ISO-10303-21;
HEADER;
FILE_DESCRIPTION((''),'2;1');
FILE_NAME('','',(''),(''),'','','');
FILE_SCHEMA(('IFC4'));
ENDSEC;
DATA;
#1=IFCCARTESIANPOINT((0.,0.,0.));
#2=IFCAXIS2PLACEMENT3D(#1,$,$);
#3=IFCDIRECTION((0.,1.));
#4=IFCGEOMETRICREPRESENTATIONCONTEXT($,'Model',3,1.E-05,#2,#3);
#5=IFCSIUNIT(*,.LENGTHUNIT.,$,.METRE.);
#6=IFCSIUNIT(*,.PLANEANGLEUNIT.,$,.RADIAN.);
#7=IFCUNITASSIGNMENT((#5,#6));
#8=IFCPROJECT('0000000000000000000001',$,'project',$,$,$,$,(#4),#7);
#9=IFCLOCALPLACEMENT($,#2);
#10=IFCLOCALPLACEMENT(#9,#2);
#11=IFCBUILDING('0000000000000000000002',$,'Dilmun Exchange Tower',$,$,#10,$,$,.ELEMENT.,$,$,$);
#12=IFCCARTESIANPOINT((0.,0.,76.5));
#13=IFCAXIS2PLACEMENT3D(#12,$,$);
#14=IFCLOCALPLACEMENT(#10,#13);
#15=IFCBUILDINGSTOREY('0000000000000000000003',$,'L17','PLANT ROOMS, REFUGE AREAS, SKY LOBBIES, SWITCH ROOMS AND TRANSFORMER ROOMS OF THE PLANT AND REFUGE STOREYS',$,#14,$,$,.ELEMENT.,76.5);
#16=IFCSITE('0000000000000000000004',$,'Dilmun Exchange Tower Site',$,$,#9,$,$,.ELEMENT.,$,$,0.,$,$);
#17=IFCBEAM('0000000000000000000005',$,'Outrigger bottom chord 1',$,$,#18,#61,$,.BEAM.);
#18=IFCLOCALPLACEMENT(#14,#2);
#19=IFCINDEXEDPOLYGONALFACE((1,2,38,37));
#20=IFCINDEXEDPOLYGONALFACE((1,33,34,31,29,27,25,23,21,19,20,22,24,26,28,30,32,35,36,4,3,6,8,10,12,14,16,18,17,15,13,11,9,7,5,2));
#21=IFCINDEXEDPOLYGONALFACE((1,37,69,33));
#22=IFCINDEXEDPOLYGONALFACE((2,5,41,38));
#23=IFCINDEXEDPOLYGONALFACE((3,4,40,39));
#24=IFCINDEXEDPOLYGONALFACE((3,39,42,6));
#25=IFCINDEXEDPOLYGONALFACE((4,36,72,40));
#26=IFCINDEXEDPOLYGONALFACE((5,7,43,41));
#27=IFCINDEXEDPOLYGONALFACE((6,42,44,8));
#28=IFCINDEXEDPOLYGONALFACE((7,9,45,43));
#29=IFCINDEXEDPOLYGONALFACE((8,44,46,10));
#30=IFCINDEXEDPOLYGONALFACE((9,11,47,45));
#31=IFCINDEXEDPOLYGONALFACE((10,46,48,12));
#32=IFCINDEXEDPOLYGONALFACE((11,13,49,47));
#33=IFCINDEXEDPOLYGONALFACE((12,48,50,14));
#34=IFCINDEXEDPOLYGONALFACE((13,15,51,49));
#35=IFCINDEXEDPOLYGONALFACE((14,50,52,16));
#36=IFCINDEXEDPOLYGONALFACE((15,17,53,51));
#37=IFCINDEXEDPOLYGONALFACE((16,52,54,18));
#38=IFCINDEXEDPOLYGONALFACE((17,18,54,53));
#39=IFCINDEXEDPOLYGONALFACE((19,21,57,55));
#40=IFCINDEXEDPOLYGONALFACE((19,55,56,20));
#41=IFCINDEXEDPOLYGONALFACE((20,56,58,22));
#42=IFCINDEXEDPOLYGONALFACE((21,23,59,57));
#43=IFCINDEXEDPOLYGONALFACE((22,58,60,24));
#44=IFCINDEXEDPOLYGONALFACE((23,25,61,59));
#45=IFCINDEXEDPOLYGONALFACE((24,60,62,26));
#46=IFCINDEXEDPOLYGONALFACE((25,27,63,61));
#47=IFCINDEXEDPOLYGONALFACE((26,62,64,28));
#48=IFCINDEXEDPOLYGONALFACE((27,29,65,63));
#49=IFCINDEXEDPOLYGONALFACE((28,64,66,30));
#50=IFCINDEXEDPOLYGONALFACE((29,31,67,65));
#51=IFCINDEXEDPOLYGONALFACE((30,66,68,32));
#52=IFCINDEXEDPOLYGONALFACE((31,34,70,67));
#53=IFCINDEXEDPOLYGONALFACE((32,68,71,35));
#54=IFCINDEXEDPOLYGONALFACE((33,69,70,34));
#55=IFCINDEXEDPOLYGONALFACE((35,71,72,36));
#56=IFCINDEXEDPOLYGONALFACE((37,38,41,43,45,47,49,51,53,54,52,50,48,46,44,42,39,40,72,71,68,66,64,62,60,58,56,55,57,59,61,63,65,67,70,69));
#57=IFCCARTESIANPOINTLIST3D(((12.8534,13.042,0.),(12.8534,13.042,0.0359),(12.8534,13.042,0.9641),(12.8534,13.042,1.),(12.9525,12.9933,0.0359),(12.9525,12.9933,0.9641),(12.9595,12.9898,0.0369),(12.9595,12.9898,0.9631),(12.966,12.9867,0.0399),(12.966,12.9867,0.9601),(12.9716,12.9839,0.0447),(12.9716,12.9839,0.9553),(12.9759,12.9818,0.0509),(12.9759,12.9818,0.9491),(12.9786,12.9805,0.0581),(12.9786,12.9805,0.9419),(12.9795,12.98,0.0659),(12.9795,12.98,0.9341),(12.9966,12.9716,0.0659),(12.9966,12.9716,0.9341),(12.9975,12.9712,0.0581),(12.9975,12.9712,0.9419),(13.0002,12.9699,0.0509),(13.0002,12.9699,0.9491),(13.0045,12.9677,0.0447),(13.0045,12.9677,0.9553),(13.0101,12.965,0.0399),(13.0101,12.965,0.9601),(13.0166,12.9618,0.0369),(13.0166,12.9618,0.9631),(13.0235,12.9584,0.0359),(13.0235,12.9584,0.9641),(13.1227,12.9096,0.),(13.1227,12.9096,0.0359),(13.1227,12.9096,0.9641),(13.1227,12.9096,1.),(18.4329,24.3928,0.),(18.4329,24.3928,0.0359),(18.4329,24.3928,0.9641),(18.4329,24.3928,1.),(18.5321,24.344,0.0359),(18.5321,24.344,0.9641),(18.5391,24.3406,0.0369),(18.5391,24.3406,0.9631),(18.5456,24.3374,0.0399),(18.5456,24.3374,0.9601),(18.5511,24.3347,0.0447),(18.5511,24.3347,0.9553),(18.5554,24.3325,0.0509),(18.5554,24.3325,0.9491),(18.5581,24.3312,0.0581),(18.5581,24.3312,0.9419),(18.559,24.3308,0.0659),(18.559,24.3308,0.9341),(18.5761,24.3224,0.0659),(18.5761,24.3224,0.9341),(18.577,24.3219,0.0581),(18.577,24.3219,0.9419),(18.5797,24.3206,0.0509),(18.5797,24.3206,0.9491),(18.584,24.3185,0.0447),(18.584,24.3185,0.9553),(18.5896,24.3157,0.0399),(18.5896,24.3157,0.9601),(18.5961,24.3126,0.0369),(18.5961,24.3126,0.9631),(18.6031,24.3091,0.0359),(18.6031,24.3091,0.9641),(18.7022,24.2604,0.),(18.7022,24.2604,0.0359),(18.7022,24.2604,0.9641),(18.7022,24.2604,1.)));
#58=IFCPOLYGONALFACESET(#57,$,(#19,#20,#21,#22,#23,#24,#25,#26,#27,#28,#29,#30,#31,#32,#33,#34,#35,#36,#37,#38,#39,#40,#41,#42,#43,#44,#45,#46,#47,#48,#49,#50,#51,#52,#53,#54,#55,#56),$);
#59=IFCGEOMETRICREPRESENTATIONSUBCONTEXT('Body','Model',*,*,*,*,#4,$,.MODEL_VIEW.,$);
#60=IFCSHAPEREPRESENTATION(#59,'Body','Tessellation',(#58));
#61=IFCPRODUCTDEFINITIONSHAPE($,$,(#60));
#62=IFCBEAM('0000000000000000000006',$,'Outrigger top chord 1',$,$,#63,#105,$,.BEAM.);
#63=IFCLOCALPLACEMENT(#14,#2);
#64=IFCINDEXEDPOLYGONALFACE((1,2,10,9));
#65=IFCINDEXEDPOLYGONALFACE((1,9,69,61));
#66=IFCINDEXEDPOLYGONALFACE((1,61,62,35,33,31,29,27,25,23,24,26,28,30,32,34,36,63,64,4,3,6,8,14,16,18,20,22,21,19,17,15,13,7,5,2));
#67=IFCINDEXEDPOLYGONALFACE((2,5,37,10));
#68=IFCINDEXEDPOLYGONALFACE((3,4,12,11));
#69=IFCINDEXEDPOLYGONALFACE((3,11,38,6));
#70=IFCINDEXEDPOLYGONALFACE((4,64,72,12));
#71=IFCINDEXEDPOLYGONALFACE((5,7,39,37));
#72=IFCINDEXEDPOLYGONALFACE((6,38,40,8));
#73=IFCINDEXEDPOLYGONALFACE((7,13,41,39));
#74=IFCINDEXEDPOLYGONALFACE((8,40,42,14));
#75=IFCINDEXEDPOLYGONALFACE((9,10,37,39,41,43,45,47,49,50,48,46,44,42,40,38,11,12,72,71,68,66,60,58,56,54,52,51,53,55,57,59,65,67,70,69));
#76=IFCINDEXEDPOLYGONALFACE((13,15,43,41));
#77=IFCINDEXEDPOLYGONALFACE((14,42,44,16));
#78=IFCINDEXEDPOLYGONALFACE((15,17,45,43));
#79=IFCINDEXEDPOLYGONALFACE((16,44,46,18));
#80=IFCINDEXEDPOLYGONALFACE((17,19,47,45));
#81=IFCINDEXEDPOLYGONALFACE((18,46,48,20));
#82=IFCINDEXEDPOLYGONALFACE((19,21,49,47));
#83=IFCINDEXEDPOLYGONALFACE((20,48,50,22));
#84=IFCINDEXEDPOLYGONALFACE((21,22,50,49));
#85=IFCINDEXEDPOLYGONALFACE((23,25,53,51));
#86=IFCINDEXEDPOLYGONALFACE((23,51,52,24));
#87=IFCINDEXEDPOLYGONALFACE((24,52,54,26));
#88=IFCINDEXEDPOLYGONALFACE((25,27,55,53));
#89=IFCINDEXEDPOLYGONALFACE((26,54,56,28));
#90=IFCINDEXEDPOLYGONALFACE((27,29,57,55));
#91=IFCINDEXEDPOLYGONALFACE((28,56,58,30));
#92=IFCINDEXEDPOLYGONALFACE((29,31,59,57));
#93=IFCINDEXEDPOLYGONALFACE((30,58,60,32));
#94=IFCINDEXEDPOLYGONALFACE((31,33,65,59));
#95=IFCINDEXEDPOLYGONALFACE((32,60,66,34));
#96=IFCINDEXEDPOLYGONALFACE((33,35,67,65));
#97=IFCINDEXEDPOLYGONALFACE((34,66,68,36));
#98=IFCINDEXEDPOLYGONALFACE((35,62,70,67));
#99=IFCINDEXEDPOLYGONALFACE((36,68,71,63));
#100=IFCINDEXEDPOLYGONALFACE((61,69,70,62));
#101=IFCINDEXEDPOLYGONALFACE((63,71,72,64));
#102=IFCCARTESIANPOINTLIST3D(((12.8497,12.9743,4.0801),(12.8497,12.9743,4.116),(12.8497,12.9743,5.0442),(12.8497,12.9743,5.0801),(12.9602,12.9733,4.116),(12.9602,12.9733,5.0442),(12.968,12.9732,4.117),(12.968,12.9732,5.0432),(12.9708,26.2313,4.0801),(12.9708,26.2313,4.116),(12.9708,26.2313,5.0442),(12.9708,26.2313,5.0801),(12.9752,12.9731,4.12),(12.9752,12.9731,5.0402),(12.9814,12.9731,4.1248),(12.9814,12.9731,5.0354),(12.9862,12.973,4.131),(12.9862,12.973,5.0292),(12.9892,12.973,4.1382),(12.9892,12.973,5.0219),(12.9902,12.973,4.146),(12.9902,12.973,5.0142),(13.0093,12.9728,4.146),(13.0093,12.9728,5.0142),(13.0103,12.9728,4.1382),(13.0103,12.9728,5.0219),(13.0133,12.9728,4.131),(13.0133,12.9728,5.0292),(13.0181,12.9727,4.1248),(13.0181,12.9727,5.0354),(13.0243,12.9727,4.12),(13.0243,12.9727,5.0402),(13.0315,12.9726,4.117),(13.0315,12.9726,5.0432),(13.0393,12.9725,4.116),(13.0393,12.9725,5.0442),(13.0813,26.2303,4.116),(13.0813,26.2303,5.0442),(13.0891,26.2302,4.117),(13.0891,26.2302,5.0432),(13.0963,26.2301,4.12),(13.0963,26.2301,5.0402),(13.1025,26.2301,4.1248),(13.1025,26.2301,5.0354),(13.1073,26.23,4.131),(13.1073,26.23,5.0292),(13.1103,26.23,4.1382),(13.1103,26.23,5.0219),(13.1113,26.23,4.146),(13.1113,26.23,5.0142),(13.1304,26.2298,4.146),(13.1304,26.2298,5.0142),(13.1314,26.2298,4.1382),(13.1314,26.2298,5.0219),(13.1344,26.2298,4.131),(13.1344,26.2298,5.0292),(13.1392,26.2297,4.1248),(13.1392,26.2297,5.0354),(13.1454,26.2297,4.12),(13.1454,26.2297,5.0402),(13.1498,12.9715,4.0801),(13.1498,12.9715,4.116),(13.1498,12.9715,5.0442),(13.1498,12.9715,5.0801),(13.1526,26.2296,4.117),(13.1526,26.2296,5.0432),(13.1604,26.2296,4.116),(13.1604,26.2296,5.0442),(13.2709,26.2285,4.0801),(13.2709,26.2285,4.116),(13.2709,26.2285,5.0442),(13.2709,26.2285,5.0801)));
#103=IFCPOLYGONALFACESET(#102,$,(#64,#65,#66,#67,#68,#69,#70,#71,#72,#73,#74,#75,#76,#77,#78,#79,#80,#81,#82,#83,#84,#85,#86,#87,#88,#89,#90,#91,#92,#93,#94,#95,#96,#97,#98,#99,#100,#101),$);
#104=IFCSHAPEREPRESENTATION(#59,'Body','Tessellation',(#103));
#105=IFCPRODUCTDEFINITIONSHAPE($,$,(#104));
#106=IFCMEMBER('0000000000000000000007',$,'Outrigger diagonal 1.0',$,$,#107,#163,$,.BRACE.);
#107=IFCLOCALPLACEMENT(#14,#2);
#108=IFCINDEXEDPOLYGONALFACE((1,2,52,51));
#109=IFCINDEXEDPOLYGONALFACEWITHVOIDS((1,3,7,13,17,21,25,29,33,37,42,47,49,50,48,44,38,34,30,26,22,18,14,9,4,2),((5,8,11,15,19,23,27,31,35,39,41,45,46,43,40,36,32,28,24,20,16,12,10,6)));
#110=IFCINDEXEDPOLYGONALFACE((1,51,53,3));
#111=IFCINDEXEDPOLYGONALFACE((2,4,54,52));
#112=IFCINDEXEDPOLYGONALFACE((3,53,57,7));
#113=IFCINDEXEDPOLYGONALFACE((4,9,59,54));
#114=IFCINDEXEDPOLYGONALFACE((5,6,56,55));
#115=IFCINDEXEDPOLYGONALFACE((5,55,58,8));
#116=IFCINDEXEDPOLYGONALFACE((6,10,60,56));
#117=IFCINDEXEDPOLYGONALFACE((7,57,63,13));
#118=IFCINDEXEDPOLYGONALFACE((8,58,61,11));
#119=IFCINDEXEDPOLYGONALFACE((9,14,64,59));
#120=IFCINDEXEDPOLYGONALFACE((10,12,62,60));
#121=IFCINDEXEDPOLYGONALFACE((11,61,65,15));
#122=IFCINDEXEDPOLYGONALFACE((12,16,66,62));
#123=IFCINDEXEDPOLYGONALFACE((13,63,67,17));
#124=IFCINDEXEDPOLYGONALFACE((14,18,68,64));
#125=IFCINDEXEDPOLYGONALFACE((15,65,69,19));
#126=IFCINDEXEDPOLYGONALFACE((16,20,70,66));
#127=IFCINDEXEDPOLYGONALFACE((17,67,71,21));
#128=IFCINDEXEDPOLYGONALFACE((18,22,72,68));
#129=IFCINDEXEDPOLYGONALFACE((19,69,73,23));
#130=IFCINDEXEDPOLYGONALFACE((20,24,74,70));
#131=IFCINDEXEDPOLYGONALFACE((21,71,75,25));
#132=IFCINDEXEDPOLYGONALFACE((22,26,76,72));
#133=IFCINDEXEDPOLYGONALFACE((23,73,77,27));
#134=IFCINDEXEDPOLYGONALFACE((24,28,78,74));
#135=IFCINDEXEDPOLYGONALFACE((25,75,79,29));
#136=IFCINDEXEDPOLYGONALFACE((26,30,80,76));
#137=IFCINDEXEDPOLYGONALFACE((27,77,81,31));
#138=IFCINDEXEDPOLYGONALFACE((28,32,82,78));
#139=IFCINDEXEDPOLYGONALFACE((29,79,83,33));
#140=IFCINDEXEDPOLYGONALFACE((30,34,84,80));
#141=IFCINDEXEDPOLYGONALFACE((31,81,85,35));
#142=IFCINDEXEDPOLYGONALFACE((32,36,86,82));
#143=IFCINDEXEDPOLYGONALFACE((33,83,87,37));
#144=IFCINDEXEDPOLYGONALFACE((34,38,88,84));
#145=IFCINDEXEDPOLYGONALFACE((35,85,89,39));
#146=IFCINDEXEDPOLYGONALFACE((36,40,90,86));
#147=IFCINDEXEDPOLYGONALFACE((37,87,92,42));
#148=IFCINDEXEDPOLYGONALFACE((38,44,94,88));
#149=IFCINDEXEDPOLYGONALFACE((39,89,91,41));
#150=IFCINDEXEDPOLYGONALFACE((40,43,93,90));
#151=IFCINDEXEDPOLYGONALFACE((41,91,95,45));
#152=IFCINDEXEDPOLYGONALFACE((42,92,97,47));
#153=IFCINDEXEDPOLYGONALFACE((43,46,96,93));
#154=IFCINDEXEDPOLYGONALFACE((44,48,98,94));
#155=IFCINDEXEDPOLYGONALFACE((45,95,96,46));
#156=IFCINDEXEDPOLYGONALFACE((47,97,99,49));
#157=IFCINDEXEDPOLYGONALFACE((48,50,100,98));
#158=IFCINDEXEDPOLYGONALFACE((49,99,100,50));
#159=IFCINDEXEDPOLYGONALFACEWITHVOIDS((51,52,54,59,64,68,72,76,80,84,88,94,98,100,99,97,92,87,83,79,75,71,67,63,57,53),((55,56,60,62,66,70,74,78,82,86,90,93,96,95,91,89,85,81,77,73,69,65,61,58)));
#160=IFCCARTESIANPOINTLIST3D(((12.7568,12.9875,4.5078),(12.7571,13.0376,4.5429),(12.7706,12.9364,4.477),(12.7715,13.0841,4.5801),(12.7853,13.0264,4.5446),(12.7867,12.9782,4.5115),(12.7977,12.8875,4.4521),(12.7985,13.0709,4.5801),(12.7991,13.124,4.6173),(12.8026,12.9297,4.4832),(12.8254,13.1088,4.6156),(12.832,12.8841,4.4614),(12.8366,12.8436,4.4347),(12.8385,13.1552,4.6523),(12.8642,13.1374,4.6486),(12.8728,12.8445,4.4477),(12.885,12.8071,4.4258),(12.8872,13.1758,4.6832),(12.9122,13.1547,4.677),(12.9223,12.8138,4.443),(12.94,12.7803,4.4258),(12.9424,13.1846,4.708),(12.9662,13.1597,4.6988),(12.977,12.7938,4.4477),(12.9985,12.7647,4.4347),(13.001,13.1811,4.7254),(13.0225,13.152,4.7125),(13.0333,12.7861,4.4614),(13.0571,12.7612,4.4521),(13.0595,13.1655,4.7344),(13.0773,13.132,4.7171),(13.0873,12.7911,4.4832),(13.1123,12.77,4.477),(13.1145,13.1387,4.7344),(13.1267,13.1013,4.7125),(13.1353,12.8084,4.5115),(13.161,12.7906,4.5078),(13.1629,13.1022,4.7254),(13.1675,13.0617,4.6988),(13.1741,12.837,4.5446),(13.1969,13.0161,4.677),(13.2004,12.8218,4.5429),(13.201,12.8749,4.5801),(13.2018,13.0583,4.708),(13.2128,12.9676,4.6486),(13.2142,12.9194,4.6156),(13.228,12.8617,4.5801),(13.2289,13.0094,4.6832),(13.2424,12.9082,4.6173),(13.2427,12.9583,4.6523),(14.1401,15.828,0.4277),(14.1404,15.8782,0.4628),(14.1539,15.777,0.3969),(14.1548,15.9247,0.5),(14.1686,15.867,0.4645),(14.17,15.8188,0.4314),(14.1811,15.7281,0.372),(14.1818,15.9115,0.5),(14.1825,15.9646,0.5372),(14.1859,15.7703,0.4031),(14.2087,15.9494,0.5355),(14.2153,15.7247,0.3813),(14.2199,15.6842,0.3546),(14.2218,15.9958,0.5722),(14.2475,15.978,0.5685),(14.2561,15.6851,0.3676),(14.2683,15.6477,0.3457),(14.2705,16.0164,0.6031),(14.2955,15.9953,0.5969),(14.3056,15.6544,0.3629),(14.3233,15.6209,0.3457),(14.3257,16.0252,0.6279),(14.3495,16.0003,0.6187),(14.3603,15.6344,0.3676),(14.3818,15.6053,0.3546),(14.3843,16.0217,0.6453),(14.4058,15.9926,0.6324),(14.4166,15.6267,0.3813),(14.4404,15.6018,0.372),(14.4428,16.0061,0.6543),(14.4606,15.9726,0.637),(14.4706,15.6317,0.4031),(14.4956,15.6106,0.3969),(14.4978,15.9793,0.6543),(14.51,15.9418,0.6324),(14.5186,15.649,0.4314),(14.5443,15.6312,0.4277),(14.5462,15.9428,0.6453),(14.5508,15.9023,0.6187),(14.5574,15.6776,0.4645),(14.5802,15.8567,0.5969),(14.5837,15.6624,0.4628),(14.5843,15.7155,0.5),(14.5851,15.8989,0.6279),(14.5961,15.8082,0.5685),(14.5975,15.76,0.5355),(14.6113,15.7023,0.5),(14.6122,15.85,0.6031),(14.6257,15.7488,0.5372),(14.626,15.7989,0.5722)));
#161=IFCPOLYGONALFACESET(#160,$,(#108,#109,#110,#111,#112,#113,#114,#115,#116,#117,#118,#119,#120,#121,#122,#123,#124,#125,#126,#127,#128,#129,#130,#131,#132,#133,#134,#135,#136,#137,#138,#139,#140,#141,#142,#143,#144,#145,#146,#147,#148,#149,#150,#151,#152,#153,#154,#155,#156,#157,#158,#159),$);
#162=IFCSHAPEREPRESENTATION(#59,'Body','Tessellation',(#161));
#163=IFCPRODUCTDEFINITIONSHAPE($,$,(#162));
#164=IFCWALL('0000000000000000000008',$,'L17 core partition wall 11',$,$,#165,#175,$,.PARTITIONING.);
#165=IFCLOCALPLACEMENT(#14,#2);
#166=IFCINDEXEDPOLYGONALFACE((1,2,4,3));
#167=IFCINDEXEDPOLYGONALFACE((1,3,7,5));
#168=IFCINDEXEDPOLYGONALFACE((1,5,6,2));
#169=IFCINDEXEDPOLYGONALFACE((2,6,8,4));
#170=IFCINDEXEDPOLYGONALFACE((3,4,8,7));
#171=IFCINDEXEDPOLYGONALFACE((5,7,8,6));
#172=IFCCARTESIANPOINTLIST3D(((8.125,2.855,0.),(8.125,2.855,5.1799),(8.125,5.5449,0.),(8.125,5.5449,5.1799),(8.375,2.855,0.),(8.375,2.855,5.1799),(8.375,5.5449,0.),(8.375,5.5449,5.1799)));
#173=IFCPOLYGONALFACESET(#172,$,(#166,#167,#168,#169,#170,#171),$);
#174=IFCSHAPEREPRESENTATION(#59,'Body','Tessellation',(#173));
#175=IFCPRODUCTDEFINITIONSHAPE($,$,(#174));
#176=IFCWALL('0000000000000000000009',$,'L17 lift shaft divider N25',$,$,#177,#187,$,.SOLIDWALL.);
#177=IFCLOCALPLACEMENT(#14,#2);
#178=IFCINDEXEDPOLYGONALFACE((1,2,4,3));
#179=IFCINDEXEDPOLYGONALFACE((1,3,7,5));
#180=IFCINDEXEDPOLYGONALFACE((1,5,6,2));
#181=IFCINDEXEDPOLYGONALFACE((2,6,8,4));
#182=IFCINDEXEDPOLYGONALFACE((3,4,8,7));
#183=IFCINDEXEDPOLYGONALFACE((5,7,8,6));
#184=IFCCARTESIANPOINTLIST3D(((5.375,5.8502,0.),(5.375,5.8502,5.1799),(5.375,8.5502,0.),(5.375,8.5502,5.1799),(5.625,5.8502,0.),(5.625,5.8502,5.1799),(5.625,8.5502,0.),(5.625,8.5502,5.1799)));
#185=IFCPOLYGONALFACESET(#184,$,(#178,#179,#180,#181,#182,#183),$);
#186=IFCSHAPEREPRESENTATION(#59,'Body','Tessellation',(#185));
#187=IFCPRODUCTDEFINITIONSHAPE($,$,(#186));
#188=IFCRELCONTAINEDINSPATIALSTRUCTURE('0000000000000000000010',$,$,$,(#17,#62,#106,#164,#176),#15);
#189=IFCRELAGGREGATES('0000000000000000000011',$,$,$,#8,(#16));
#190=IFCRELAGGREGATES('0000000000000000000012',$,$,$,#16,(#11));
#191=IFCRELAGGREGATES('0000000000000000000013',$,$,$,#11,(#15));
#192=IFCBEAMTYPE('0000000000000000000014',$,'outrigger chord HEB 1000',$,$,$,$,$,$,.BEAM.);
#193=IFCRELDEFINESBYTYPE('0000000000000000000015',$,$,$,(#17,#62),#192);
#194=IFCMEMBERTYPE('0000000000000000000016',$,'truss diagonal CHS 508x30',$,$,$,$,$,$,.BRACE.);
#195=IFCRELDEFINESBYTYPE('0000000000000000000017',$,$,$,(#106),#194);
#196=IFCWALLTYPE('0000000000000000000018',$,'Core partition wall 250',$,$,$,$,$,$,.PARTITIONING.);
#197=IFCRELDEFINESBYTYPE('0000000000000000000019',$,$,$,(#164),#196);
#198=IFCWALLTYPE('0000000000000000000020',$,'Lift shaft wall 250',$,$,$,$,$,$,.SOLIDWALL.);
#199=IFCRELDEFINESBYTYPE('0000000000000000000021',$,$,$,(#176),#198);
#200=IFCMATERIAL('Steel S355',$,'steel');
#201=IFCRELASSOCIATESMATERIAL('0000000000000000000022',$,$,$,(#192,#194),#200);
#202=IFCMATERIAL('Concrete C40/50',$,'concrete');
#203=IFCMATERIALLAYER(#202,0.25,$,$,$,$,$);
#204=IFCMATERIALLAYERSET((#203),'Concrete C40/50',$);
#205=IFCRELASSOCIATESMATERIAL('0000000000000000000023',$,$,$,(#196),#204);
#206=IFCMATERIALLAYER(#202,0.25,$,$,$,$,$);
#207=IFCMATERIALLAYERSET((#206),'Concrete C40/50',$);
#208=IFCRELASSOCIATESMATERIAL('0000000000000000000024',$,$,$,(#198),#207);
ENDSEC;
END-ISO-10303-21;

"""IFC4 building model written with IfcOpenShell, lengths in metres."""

from ifc_helpers import new_model, si_unit, direction, frame, frame_2d, origin, origin_2d, place, context, subcontext, project, spatial, rectangle, hollow_circle, i_section, extrude, material, layer, layer_set, material_profile, profile_set, type_object, element, save


model = new_model("IFC4")

# Units and contexts
model_context = context("Model", 3, precision=1e-05, world=origin(), true_north=direction((0.0, 1.0)))
body_context = subcontext(model_context, "Body", "Model", "MODEL_VIEW")
ifc_project = project(units=[si_unit("LENGTHUNIT", "METRE"), si_unit("PLANEANGLEUNIT", "RADIAN")], contexts=[model_context])

# Site, building, storey
site_placement = place(None, origin())
site = spatial("IfcSite", under=ifc_project, at=site_placement, Name="Dilmun Exchange Tower Site", CompositionType="ELEMENT", RefElevation=0.0)
building_placement = place(site_placement, origin())
building = spatial("IfcBuilding", under=site, at=building_placement, Name="Dilmun Exchange Tower", CompositionType="ELEMENT")
storey_placement = place(building_placement, frame((0.0, 0.0, 76.5)))
storey = spatial("IfcBuildingStorey", under=building, at=storey_placement, Name="L17", Description="PLANT ROOMS, REFUGE AREAS, SKY LOBBIES, SWITCH ROOMS AND TRANSFORMER ROOMS OF THE PLANT AND REFUGE STOREYS", CompositionType="ELEMENT", Elevation=76.5)

# Beams
ifc_material_1 = material(Name="Steel S355", Category="steel")
ifc_material_profile_1 = material_profile(ifc_material_1, i_section(OverallWidth=0.3, OverallDepth=1.0, WebThickness=0.019, FlangeThickness=0.0359, FilletRadius=0.03, at=origin_2d()), Name="HEB 1000")
ifc_profile_set_1 = profile_set([ifc_material_profile_1], Name="Steel S355")
beam_type = type_object("IfcBeamType", Name="outrigger chord HEB 1000", PredefinedType="BEAM", material=ifc_profile_set_1)
beam_1_placement = place(storey_placement, frame((12.988, 12.9758, 0.5), z_axis=(0.441142, 0.897437, 0.0), x_axis=(-0.897437, 0.441142, 0.0)))
element("IfcBeam", 1, at=beam_1_placement, inside=storey, type_object=beam_type, Name="Outrigger bottom chord 1", PredefinedType="BEAM", context=body_context, shape_type="SweptSolid", body=[
    extrude(i_section(OverallWidth=0.3, OverallDepth=1.0, WebThickness=0.019, FlangeThickness=0.0359, FilletRadius=0.03, at=origin_2d()), origin(), (0.0, 0.0, 1.0), 12.6479),
])
beam_2_placement = place(storey_placement, frame((12.9998, 12.9729, 4.5801), z_axis=(0.009134, 0.999958, 0.0), x_axis=(-0.999958, 0.009134, 0.0)))
element("IfcBeam", 2, at=beam_2_placement, inside=storey, type_object=beam_type, Name="Outrigger top chord 1", PredefinedType="BEAM", context=body_context, shape_type="SweptSolid", body=[
    extrude(i_section(OverallWidth=0.3, OverallDepth=1.0, WebThickness=0.019, FlangeThickness=0.0359, FilletRadius=0.03, at=origin_2d()), origin(), (0.0, 0.0, 1.0), 13.2576),
])

# Member
ifc_material_profile_2 = material_profile(ifc_material_1, hollow_circle(Radius=0.2539, WallThickness=0.03, at=origin_2d()), Name="CHS 508x30")
ifc_profile_set_2 = profile_set([ifc_material_profile_2], Name="Steel S355")
member_type = type_object("IfcMemberType", Name="truss diagonal CHS 508x30", PredefinedType="BRACE", material=ifc_profile_set_2)
member_placement = place(storey_placement, frame((12.9998, 12.9729, 4.5801), z_axis=(0.268062, 0.55046, -0.790656), x_axis=(-0.899061, 0.437824, 0.0)))
element("IfcMember", 3, at=member_placement, inside=storey, type_object=member_type, Name="Outrigger diagonal 1.0", PredefinedType="BRACE", context=body_context, shape_type="SweptSolid", body=[
    extrude(hollow_circle(Radius=0.2539, WallThickness=0.03, at=origin_2d()), origin(), (0.0, 0.0, 1.0), 5.1604),
])

# Walls
ifc_material_2 = material(Name="Concrete C40/50", Category="concrete")
ifc_layer_1 = layer(ifc_material_2, 0.25)
ifc_layer_set_1 = layer_set([ifc_layer_1], Name="Concrete C40/50")
wall_type_1 = type_object("IfcWallType", Name="Core partition wall 250", PredefinedType="PARTITIONING", material=ifc_layer_set_1)
wall_1_placement = place(storey_placement, frame((8.25, 2.855, 0.0), z_axis=(0.0, 0.0, 1.0), x_axis=(0.0, 1.0, 0.0)))
element("IfcWall", 4, at=wall_1_placement, inside=storey, type_object=wall_type_1, Name="L17 core partition wall 11", PredefinedType="PARTITIONING", context=body_context, shape_type="SweptSolid", body=[
    extrude(rectangle(XDim=2.6899, YDim=0.25, at=frame_2d((1.345, 0.0))), origin(), (0.0, 0.0, 1.0), 5.1799),
])
ifc_layer_2 = layer(ifc_material_2, 0.25)
ifc_layer_set_2 = layer_set([ifc_layer_2], Name="Concrete C40/50")
wall_type_2 = type_object("IfcWallType", Name="Lift shaft wall 250", PredefinedType="SOLIDWALL", material=ifc_layer_set_2)
for number, where, z_axis, x_axis, name in (
    (5, (5.5, 5.8501, 0.0), (0.0, 0.0, 1.0), (0.0, 1.0, 0.0), "L17 lift shaft divider N25"),
):
    element("IfcWall", number, at=place(storey_placement, frame(where, z_axis=z_axis, x_axis=x_axis)), inside=storey, type_object=wall_type_2, Name=name, PredefinedType="SOLIDWALL", context=body_context, shape_type="SweptSolid", body=[
        extrude(rectangle(XDim=2.7, YDim=0.25, at=frame_2d((1.3501, 0.0))), origin(), (0.0, 0.0, 1.0), 5.1799),
    ])

save(model, "model.ifc")
